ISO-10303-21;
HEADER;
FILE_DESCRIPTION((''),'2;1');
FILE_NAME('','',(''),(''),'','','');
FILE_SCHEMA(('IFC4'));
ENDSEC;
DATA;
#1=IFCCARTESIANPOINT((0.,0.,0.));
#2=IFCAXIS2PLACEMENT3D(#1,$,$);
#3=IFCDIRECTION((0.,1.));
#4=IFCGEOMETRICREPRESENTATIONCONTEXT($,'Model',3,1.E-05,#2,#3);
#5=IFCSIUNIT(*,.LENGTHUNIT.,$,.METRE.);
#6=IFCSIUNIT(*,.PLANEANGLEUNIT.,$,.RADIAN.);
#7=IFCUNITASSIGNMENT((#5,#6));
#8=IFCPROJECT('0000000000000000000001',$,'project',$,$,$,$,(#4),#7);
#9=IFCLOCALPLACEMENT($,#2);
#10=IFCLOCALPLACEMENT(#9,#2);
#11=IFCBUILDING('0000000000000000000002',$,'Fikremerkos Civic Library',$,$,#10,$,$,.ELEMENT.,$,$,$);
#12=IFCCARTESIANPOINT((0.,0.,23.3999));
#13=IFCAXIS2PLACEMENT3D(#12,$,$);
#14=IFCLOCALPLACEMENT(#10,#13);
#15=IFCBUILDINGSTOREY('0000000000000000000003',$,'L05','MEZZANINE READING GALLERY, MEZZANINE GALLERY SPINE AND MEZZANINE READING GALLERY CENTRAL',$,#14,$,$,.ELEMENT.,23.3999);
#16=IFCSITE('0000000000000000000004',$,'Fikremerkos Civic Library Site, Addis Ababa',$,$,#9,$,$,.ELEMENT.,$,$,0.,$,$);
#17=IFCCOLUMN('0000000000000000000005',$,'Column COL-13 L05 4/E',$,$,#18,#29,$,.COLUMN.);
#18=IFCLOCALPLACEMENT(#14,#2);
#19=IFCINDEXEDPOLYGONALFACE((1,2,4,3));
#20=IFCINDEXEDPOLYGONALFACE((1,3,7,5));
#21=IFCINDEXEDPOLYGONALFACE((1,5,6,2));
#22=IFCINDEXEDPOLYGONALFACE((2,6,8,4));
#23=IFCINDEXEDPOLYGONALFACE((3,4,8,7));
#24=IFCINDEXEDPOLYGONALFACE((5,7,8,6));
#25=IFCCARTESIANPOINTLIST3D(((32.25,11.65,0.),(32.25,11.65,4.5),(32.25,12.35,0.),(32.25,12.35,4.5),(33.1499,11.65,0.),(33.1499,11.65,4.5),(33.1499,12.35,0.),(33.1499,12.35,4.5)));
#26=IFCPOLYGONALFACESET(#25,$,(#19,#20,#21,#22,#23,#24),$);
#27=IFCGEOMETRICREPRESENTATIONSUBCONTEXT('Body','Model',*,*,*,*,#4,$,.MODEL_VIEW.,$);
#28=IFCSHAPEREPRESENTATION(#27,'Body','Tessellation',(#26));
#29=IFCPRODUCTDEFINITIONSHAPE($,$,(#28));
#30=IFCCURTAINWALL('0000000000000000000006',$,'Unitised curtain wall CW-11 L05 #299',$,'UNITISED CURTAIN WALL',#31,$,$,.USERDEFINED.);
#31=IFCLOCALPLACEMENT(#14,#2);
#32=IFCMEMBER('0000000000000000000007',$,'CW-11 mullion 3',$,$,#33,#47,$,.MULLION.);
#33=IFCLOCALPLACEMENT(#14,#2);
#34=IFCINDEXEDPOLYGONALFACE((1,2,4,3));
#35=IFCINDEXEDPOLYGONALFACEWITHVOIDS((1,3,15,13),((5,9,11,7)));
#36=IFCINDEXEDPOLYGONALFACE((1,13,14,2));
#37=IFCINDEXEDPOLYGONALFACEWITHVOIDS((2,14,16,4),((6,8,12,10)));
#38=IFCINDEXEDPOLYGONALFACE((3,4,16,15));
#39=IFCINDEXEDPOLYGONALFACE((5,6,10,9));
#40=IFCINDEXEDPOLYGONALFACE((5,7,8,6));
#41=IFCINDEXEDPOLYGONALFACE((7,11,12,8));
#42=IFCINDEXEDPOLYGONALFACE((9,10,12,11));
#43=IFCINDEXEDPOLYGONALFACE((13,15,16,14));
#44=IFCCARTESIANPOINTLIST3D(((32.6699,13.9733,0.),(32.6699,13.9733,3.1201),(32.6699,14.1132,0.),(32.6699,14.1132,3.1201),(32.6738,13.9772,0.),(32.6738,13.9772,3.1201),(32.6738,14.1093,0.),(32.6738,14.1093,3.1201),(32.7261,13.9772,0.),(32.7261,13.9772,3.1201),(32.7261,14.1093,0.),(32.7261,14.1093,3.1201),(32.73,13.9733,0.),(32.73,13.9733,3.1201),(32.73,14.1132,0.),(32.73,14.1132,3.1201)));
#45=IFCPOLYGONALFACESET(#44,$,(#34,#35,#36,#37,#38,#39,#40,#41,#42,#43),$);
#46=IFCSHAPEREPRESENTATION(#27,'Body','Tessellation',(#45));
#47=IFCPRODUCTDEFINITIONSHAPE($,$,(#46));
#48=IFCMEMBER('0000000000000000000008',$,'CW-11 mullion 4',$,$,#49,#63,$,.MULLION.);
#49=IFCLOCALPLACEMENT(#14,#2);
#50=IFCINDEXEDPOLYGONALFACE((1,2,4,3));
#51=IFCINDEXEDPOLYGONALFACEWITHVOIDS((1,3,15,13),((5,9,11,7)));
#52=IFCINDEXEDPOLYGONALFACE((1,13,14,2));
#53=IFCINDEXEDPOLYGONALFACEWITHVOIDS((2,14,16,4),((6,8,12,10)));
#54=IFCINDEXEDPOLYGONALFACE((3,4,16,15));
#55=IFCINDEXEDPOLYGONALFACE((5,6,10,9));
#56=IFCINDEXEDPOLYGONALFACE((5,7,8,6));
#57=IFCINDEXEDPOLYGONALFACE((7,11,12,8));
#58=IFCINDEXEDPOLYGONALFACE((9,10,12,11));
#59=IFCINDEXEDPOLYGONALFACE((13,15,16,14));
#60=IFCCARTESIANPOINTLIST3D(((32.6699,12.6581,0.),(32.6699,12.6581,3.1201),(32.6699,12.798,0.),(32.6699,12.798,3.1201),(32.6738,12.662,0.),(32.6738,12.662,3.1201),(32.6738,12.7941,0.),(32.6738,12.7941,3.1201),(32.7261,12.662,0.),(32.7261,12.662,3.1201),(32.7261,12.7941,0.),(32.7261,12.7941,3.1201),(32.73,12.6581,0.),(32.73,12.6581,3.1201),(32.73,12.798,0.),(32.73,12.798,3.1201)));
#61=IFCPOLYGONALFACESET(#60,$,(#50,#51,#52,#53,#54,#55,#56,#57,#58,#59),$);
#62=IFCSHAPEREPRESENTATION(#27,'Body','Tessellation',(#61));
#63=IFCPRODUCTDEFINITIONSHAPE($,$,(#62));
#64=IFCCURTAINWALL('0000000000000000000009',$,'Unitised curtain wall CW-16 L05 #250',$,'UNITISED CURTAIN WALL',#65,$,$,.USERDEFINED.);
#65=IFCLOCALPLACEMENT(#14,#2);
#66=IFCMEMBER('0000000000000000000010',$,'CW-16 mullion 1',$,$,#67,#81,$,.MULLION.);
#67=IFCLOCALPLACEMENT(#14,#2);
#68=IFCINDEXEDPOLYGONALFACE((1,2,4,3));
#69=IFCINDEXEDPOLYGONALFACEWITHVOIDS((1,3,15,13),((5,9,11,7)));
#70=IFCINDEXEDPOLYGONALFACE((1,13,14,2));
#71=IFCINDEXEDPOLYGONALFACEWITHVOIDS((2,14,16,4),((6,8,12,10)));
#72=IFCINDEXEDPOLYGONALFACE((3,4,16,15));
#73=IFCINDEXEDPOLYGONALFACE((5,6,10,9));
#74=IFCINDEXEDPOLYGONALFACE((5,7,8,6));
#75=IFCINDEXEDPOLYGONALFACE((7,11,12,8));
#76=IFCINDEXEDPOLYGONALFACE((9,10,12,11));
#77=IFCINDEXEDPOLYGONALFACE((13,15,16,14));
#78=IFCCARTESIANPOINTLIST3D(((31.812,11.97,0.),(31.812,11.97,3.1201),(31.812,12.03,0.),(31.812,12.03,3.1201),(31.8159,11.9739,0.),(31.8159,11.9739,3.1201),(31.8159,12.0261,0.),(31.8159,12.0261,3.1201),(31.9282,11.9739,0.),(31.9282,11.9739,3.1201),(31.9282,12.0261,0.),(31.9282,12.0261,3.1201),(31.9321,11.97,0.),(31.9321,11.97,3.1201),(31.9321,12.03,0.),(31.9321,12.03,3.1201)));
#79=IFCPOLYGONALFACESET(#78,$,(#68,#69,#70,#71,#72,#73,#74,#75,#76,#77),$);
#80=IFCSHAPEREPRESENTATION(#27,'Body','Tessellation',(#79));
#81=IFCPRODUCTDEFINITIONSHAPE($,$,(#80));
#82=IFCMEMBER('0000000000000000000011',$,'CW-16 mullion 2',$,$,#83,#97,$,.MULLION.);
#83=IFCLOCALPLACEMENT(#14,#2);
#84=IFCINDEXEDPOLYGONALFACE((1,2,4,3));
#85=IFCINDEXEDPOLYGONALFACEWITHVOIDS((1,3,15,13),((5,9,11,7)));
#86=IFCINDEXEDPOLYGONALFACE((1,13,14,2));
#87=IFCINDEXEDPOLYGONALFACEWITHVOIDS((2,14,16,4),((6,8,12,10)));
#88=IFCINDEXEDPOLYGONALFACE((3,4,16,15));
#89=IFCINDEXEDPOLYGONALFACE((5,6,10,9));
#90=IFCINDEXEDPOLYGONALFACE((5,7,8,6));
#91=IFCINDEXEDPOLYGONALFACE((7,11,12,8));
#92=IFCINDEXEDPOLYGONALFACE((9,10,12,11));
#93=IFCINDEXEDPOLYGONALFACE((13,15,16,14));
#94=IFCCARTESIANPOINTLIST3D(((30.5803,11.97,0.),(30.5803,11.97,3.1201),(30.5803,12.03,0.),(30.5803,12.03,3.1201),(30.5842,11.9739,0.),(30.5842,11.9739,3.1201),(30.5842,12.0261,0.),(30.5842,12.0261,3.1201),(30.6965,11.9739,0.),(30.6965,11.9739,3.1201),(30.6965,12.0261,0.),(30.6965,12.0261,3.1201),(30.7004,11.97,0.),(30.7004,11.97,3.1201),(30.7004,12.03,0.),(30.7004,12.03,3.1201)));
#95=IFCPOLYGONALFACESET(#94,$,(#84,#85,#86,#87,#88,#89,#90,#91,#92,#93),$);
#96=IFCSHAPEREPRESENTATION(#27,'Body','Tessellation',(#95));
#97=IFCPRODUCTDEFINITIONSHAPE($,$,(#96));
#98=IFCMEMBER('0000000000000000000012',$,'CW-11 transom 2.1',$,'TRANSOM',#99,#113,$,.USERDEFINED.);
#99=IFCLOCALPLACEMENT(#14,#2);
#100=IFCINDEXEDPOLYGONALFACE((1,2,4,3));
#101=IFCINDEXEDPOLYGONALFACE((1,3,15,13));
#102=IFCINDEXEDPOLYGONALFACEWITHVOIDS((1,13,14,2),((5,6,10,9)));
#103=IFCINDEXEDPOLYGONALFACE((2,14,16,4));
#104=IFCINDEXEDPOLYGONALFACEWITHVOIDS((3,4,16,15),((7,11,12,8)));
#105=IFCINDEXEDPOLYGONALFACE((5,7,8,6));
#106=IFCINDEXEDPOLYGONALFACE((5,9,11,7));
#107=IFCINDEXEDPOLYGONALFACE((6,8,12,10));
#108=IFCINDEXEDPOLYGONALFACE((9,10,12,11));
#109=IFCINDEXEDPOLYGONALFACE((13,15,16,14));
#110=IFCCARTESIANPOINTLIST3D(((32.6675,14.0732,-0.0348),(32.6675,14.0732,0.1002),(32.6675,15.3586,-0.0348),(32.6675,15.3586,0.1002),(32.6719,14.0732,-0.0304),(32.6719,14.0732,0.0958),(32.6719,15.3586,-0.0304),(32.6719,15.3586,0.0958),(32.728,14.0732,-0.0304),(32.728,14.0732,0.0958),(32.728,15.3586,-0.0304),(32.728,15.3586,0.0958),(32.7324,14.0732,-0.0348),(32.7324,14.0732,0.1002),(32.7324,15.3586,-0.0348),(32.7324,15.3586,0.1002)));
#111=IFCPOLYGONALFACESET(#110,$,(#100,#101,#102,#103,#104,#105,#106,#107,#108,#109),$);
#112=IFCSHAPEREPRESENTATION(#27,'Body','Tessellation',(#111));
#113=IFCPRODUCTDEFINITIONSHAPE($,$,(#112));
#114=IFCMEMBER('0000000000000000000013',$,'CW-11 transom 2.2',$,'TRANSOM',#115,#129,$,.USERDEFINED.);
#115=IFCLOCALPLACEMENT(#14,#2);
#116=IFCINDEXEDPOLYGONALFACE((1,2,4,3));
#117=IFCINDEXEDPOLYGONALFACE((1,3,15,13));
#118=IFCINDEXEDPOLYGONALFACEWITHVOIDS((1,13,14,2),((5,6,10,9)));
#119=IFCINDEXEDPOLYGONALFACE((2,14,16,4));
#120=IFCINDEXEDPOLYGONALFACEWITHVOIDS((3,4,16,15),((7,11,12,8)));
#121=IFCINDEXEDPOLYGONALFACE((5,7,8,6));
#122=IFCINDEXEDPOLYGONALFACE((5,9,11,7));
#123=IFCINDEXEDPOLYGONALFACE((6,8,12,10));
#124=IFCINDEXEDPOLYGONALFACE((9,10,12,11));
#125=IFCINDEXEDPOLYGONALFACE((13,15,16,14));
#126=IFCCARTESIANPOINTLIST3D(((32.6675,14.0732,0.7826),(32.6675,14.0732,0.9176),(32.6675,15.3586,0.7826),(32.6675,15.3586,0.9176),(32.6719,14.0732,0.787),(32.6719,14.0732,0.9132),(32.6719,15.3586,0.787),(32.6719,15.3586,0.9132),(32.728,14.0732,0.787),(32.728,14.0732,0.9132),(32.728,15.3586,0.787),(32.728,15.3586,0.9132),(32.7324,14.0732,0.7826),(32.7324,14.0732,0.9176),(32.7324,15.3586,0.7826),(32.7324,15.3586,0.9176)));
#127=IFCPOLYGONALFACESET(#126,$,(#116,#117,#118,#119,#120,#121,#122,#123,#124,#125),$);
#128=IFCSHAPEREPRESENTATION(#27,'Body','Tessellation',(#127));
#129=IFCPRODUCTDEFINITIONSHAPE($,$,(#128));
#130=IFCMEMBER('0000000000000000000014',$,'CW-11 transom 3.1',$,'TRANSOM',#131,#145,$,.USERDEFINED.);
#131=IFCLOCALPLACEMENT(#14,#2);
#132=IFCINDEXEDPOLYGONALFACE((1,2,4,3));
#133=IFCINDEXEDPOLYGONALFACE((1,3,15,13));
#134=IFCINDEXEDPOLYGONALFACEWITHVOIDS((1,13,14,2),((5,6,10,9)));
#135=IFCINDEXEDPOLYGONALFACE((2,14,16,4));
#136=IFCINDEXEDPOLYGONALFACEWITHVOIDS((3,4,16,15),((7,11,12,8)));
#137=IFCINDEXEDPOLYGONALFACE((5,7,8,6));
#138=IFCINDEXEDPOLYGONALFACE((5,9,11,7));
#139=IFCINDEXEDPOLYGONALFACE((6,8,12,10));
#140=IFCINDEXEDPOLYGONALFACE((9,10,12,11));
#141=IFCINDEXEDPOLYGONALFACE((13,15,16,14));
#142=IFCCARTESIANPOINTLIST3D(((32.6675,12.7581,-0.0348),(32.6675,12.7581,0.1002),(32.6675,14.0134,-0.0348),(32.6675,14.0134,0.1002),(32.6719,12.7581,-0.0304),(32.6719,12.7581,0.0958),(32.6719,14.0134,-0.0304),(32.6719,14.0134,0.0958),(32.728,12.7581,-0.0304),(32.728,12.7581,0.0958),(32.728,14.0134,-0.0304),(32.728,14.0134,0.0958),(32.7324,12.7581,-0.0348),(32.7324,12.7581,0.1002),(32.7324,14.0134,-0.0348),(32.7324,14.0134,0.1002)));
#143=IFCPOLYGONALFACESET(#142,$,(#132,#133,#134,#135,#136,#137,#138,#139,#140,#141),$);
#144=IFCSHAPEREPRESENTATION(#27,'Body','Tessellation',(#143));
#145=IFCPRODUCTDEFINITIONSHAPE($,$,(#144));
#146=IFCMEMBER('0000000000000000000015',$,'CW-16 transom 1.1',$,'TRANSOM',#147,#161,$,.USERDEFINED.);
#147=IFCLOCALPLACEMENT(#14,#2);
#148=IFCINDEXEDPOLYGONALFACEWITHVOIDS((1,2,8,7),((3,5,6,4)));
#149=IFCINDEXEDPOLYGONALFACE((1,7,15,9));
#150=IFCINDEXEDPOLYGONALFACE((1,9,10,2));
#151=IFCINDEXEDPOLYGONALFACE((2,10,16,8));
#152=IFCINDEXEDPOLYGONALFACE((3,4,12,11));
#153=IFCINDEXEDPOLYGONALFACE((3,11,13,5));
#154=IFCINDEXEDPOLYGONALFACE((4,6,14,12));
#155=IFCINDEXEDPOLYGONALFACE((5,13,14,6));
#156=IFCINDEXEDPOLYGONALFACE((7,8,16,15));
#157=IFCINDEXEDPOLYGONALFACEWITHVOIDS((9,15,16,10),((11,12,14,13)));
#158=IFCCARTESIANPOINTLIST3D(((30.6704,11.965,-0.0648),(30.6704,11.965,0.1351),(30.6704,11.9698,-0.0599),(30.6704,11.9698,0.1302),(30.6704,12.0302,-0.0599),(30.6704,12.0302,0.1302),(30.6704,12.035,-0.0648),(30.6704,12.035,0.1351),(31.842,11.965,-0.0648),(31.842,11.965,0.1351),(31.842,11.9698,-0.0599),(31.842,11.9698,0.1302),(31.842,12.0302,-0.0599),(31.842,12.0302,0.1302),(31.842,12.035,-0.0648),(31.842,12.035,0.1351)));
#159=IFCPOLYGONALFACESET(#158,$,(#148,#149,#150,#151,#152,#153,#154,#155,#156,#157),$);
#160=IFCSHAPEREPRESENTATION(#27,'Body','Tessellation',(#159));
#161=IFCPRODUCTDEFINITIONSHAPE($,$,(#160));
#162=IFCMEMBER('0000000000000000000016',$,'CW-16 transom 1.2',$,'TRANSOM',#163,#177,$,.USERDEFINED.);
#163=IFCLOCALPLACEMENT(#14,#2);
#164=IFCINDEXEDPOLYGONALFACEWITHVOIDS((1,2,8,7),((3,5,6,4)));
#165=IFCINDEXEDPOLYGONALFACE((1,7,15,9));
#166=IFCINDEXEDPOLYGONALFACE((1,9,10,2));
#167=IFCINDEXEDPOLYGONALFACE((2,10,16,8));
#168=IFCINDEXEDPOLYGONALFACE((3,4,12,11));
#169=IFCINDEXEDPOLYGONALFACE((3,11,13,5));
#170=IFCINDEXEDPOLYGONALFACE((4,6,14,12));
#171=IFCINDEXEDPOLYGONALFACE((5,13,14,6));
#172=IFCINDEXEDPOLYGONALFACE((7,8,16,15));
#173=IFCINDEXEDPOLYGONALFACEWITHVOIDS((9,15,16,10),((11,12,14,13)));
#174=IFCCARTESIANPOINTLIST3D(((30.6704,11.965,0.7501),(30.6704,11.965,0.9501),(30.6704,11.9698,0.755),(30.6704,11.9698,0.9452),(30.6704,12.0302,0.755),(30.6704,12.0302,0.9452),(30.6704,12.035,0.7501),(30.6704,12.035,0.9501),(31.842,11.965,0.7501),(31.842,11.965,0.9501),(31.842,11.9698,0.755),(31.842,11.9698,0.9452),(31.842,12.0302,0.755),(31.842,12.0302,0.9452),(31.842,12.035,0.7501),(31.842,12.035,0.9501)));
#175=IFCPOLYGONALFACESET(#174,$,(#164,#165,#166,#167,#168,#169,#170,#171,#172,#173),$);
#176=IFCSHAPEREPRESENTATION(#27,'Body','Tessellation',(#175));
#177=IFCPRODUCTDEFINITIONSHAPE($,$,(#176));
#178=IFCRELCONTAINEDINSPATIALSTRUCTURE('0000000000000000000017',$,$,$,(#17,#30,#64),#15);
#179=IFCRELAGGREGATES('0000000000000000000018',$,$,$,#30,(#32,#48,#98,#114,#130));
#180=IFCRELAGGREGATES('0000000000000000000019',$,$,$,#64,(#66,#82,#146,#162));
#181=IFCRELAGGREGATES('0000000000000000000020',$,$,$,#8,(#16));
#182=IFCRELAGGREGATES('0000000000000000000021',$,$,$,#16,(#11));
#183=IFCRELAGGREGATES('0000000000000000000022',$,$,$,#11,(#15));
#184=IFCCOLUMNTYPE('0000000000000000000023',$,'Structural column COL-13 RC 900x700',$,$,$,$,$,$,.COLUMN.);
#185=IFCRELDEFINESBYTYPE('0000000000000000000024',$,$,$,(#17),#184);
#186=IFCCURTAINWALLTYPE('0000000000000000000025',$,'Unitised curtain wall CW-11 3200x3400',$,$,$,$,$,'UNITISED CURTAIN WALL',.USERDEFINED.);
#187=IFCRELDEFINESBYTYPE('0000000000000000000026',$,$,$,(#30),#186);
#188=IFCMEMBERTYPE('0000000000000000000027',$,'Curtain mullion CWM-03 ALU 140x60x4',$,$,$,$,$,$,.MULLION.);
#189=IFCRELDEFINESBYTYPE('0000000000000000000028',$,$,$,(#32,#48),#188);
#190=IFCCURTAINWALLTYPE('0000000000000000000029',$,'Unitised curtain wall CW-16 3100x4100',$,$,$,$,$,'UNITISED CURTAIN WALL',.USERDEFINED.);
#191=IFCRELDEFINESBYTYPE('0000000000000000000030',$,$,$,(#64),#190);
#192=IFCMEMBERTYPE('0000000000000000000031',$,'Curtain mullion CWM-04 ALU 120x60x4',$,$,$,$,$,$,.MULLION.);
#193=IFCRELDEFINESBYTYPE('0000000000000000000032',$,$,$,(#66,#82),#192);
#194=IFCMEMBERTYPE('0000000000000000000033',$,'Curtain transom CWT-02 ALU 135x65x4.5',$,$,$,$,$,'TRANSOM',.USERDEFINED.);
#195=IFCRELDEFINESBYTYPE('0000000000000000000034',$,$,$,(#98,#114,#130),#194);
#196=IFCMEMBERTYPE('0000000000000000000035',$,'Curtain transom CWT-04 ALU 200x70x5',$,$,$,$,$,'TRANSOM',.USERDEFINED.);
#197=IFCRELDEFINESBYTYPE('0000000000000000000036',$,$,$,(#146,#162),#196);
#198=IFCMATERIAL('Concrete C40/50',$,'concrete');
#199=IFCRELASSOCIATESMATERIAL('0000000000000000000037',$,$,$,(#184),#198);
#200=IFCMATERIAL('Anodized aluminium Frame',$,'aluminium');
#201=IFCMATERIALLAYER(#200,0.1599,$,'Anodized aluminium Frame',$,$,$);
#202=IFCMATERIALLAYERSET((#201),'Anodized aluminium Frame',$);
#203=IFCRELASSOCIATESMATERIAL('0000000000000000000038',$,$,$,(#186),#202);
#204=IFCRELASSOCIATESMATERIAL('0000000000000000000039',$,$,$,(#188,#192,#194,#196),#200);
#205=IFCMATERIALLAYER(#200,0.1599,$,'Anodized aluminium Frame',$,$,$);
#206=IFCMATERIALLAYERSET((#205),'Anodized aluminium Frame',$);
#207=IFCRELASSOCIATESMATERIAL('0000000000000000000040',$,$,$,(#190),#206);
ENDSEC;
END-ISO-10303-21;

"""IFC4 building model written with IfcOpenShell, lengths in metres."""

from ifc_helpers import new_model, si_unit, direction, frame, origin, origin_2d, place, context, subcontext, project, spatial, rectangle, hollow_rectangle, extrude, material, layer, layer_set, material_profile, profile_set, type_object, element, aggregate, save


model = new_model("IFC4")

# Units and contexts
model_context = context("Model", 3, precision=1e-05, world=origin(), true_north=direction((0.0, 1.0)))
body_context = subcontext(model_context, "Body", "Model", "MODEL_VIEW")
ifc_project = project(units=[si_unit("LENGTHUNIT", "METRE"), si_unit("PLANEANGLEUNIT", "RADIAN")], contexts=[model_context])

# Site, building, storey
site_placement = place(None, origin())
site = spatial("IfcSite", under=ifc_project, at=site_placement, Name="Fikremerkos Civic Library Site, Addis Ababa", CompositionType="ELEMENT", RefElevation=0.0)
building_placement = place(site_placement, origin())
building = spatial("IfcBuilding", under=site, at=building_placement, Name="Fikremerkos Civic Library", CompositionType="ELEMENT")
storey_placement = place(building_placement, frame((0.0, 0.0, 23.3999)))
storey = spatial("IfcBuildingStorey", under=building, at=storey_placement, Name="L05", Description="MEZZANINE READING GALLERY, MEZZANINE GALLERY SPINE AND MEZZANINE READING GALLERY CENTRAL", CompositionType="ELEMENT", Elevation=23.3999)

# Column
ifc_material_1 = material(Name="Concrete C40/50", Category="concrete")
ifc_material_profile_1 = material_profile(ifc_material_1, rectangle(XDim=0.8999, YDim=0.7, at=origin_2d()), Name="RC 900x700")
ifc_profile_set_1 = profile_set([ifc_material_profile_1], Name="Concrete C40/50")
column_type = type_object("IfcColumnType", Name="Structural column COL-13 RC 900x700", PredefinedType="COLUMN", material=ifc_profile_set_1)
column_placement = place(storey_placement, frame((32.7, 12.0, 0.0), z_axis=(0.0, 0.0, 1.0), x_axis=(1.0, 0.0, 0.0)))
element("IfcColumn", 1, at=column_placement, inside=storey, type_object=column_type, Name="Column COL-13 L05 4/E", PredefinedType="COLUMN", context=body_context, shape_type="SweptSolid", body=[
    extrude(rectangle(XDim=0.8999, YDim=0.7, at=origin_2d()), origin(), (0.0, 0.0, 1.0), 4.5),
])

# Curtain walls, members
ifc_material_2 = material(Name="Anodized aluminium Frame", Category="aluminium")
ifc_layer_1 = layer(ifc_material_2, 0.1599, Name="Anodized aluminium Frame")
ifc_layer_set_1 = layer_set([ifc_layer_1], Name="Anodized aluminium Frame")
curtain_wall_type_1 = type_object("IfcCurtainWallType", Name="Unitised curtain wall CW-11 3200x3400", ElementType="UNITISED CURTAIN WALL", PredefinedType="USERDEFINED", material=ifc_layer_set_1)
curtain_wall_1_placement = place(storey_placement, origin())
curtain_wall_1 = element("IfcCurtainWall", 2, at=curtain_wall_1_placement, inside=storey, type_object=curtain_wall_type_1, Name="Unitised curtain wall CW-11 L05 #299", ObjectType="UNITISED CURTAIN WALL", PredefinedType="USERDEFINED")
ifc_material_profile_2 = material_profile(ifc_material_2, hollow_rectangle(XDim=0.0601, YDim=0.1399, WallThickness=0.0039, at=origin_2d()), Name="ALU 140x60x4")
ifc_profile_set_2 = profile_set([ifc_material_profile_2], Name="Anodized aluminium Frame")
member_type_1 = type_object("IfcMemberType", Name="Curtain mullion CWM-03 ALU 140x60x4", PredefinedType="MULLION", material=ifc_profile_set_2)
member_1_placement = place(storey_placement, frame((32.7, 14.0432, 0.0), z_axis=(0.0, 0.0, 1.0), x_axis=(1.0, 0.0, 0.0)))
member_1 = element("IfcMember", 3, at=member_1_placement, type_object=member_type_1, Name="CW-11 mullion 3", PredefinedType="MULLION", context=body_context, shape_type="SweptSolid", body=[
    extrude(hollow_rectangle(XDim=0.0601, YDim=0.1399, WallThickness=0.0039, at=origin_2d()), origin(), (0.0, 0.0, 1.0), 3.1201),
])
member_2_placement = place(storey_placement, frame((32.7, 12.728, 0.0), z_axis=(0.0, 0.0, 1.0), x_axis=(1.0, 0.0, 0.0)))
member_2 = element("IfcMember", 4, at=member_2_placement, type_object=member_type_1, Name="CW-11 mullion 4", PredefinedType="MULLION", context=body_context, shape_type="SweptSolid", body=[
    extrude(hollow_rectangle(XDim=0.0601, YDim=0.1399, WallThickness=0.0039, at=origin_2d()), origin(), (0.0, 0.0, 1.0), 3.1201),
])
ifc_layer_2 = layer(ifc_material_2, 0.1599, Name="Anodized aluminium Frame")
ifc_layer_set_2 = layer_set([ifc_layer_2], Name="Anodized aluminium Frame")
curtain_wall_type_2 = type_object("IfcCurtainWallType", Name="Unitised curtain wall CW-16 3100x4100", ElementType="UNITISED CURTAIN WALL", PredefinedType="USERDEFINED", material=ifc_layer_set_2)
curtain_wall_2_placement = place(storey_placement, origin())
curtain_wall_2 = element("IfcCurtainWall", 5, at=curtain_wall_2_placement, inside=storey, type_object=curtain_wall_type_2, Name="Unitised curtain wall CW-16 L05 #250", ObjectType="UNITISED CURTAIN WALL", PredefinedType="USERDEFINED")
ifc_material_profile_3 = material_profile(ifc_material_2, hollow_rectangle(XDim=0.0601, YDim=0.1201, WallThickness=0.0039, at=origin_2d()), Name="ALU 120x60x4")
ifc_profile_set_3 = profile_set([ifc_material_profile_3], Name="Anodized aluminium Frame")
member_type_2 = type_object("IfcMemberType", Name="Curtain mullion CWM-04 ALU 120x60x4", PredefinedType="MULLION", material=ifc_profile_set_3)
member_3_placement = place(storey_placement, frame((31.8721, 12.0, 0.0), z_axis=(0.0, 0.0, 1.0), x_axis=(0.0, -1.0, 0.0)))
member_3 = element("IfcMember", 6, at=member_3_placement, type_object=member_type_2, Name="CW-16 mullion 1", PredefinedType="MULLION", context=body_context, shape_type="SweptSolid", body=[
    extrude(hollow_rectangle(XDim=0.0601, YDim=0.1201, WallThickness=0.0039, at=origin_2d()), origin(), (0.0, 0.0, 1.0), 3.1201),
])
member_4_placement = place(storey_placement, frame((30.6404, 12.0, 0.0), z_axis=(0.0, 0.0, 1.0), x_axis=(0.0, -1.0, 0.0)))
member_4 = element("IfcMember", 7, at=member_4_placement, type_object=member_type_2, Name="CW-16 mullion 2", PredefinedType="MULLION", context=body_context, shape_type="SweptSolid", body=[
    extrude(hollow_rectangle(XDim=0.0601, YDim=0.1201, WallThickness=0.0039, at=origin_2d()), origin(), (0.0, 0.0, 1.0), 3.1201),
])

# Members
ifc_material_profile_4 = material_profile(ifc_material_2, hollow_rectangle(XDim=0.0649, YDim=0.135, WallThickness=0.0044, at=origin_2d()), Name="ALU 135x65x4.5")
ifc_profile_set_4 = profile_set([ifc_material_profile_4], Name="Anodized aluminium Frame")
member_type_3 = type_object("IfcMemberType", Name="Curtain transom CWT-02 ALU 135x65x4.5", ElementType="TRANSOM", PredefinedType="USERDEFINED", material=ifc_profile_set_4)
member_5_placement = place(storey_placement, frame((32.7, 15.3586, 0.0327), z_axis=(0.0, -1.0, 0.0), x_axis=(1.0, 0.0, 0.0)))
member_5 = element("IfcMember", 8, at=member_5_placement, type_object=member_type_3, Name="CW-11 transom 2.1", ObjectType="TRANSOM", PredefinedType="USERDEFINED", context=body_context, shape_type="SweptSolid", body=[
    extrude(hollow_rectangle(XDim=0.0649, YDim=0.135, WallThickness=0.0044, at=origin_2d()), origin(), (0.0, 0.0, 1.0), 1.2854),
])
member_6_placement = place(storey_placement, frame((32.7, 15.3586, 0.8501), z_axis=(0.0, -1.0, 0.0), x_axis=(1.0, 0.0, 0.0)))
member_6 = element("IfcMember", 9, at=member_6_placement, type_object=member_type_3, Name="CW-11 transom 2.2", ObjectType="TRANSOM", PredefinedType="USERDEFINED", context=body_context, shape_type="SweptSolid", body=[
    extrude(hollow_rectangle(XDim=0.0649, YDim=0.135, WallThickness=0.0044, at=origin_2d()), origin(), (0.0, 0.0, 1.0), 1.2854),
])
member_7_placement = place(storey_placement, frame((32.7, 14.0134, 0.0327), z_axis=(0.0, -1.0, 0.0), x_axis=(1.0, 0.0, 0.0)))
member_7 = element("IfcMember", 10, at=member_7_placement, type_object=member_type_3, Name="CW-11 transom 3.1", ObjectType="TRANSOM", PredefinedType="USERDEFINED", context=body_context, shape_type="SweptSolid", body=[
    extrude(hollow_rectangle(XDim=0.0649, YDim=0.135, WallThickness=0.0044, at=origin_2d()), origin(), (0.0, 0.0, 1.0), 1.2554),
])
ifc_material_profile_5 = material_profile(ifc_material_2, hollow_rectangle(XDim=0.0701, YDim=0.2, WallThickness=0.0049, at=origin_2d()), Name="ALU 200x70x5")
ifc_profile_set_5 = profile_set([ifc_material_profile_5], Name="Anodized aluminium Frame")
member_type_4 = type_object("IfcMemberType", Name="Curtain transom CWT-04 ALU 200x70x5", ElementType="TRANSOM", PredefinedType="USERDEFINED", material=ifc_profile_set_5)
member_8_placement = place(storey_placement, frame((31.842, 12.0, 0.0352), z_axis=(-1.0, 0.0, 0.0), x_axis=(0.0, -1.0, 0.0)))
member_8 = element("IfcMember", 11, at=member_8_placement, type_object=member_type_4, Name="CW-16 transom 1.1", ObjectType="TRANSOM", PredefinedType="USERDEFINED", context=body_context, shape_type="SweptSolid", body=[
    extrude(hollow_rectangle(XDim=0.0701, YDim=0.2, WallThickness=0.0049, at=origin_2d()), origin(), (0.0, 0.0, 1.0), 1.1716),
])
member_9_placement = place(storey_placement, frame((31.842, 12.0, 0.8501), z_axis=(-1.0, 0.0, 0.0), x_axis=(0.0, -1.0, 0.0)))
member_9 = element("IfcMember", 12, at=member_9_placement, type_object=member_type_4, Name="CW-16 transom 1.2", ObjectType="TRANSOM", PredefinedType="USERDEFINED", context=body_context, shape_type="SweptSolid", body=[
    extrude(hollow_rectangle(XDim=0.0701, YDim=0.2, WallThickness=0.0049, at=origin_2d()), origin(), (0.0, 0.0, 1.0), 1.1716),
])

aggregate(curtain_wall_1, [member_1, member_2, member_5, member_6, member_7])
aggregate(curtain_wall_2, [member_3, member_4, member_8, member_9])

save(model, "model.ifc")
